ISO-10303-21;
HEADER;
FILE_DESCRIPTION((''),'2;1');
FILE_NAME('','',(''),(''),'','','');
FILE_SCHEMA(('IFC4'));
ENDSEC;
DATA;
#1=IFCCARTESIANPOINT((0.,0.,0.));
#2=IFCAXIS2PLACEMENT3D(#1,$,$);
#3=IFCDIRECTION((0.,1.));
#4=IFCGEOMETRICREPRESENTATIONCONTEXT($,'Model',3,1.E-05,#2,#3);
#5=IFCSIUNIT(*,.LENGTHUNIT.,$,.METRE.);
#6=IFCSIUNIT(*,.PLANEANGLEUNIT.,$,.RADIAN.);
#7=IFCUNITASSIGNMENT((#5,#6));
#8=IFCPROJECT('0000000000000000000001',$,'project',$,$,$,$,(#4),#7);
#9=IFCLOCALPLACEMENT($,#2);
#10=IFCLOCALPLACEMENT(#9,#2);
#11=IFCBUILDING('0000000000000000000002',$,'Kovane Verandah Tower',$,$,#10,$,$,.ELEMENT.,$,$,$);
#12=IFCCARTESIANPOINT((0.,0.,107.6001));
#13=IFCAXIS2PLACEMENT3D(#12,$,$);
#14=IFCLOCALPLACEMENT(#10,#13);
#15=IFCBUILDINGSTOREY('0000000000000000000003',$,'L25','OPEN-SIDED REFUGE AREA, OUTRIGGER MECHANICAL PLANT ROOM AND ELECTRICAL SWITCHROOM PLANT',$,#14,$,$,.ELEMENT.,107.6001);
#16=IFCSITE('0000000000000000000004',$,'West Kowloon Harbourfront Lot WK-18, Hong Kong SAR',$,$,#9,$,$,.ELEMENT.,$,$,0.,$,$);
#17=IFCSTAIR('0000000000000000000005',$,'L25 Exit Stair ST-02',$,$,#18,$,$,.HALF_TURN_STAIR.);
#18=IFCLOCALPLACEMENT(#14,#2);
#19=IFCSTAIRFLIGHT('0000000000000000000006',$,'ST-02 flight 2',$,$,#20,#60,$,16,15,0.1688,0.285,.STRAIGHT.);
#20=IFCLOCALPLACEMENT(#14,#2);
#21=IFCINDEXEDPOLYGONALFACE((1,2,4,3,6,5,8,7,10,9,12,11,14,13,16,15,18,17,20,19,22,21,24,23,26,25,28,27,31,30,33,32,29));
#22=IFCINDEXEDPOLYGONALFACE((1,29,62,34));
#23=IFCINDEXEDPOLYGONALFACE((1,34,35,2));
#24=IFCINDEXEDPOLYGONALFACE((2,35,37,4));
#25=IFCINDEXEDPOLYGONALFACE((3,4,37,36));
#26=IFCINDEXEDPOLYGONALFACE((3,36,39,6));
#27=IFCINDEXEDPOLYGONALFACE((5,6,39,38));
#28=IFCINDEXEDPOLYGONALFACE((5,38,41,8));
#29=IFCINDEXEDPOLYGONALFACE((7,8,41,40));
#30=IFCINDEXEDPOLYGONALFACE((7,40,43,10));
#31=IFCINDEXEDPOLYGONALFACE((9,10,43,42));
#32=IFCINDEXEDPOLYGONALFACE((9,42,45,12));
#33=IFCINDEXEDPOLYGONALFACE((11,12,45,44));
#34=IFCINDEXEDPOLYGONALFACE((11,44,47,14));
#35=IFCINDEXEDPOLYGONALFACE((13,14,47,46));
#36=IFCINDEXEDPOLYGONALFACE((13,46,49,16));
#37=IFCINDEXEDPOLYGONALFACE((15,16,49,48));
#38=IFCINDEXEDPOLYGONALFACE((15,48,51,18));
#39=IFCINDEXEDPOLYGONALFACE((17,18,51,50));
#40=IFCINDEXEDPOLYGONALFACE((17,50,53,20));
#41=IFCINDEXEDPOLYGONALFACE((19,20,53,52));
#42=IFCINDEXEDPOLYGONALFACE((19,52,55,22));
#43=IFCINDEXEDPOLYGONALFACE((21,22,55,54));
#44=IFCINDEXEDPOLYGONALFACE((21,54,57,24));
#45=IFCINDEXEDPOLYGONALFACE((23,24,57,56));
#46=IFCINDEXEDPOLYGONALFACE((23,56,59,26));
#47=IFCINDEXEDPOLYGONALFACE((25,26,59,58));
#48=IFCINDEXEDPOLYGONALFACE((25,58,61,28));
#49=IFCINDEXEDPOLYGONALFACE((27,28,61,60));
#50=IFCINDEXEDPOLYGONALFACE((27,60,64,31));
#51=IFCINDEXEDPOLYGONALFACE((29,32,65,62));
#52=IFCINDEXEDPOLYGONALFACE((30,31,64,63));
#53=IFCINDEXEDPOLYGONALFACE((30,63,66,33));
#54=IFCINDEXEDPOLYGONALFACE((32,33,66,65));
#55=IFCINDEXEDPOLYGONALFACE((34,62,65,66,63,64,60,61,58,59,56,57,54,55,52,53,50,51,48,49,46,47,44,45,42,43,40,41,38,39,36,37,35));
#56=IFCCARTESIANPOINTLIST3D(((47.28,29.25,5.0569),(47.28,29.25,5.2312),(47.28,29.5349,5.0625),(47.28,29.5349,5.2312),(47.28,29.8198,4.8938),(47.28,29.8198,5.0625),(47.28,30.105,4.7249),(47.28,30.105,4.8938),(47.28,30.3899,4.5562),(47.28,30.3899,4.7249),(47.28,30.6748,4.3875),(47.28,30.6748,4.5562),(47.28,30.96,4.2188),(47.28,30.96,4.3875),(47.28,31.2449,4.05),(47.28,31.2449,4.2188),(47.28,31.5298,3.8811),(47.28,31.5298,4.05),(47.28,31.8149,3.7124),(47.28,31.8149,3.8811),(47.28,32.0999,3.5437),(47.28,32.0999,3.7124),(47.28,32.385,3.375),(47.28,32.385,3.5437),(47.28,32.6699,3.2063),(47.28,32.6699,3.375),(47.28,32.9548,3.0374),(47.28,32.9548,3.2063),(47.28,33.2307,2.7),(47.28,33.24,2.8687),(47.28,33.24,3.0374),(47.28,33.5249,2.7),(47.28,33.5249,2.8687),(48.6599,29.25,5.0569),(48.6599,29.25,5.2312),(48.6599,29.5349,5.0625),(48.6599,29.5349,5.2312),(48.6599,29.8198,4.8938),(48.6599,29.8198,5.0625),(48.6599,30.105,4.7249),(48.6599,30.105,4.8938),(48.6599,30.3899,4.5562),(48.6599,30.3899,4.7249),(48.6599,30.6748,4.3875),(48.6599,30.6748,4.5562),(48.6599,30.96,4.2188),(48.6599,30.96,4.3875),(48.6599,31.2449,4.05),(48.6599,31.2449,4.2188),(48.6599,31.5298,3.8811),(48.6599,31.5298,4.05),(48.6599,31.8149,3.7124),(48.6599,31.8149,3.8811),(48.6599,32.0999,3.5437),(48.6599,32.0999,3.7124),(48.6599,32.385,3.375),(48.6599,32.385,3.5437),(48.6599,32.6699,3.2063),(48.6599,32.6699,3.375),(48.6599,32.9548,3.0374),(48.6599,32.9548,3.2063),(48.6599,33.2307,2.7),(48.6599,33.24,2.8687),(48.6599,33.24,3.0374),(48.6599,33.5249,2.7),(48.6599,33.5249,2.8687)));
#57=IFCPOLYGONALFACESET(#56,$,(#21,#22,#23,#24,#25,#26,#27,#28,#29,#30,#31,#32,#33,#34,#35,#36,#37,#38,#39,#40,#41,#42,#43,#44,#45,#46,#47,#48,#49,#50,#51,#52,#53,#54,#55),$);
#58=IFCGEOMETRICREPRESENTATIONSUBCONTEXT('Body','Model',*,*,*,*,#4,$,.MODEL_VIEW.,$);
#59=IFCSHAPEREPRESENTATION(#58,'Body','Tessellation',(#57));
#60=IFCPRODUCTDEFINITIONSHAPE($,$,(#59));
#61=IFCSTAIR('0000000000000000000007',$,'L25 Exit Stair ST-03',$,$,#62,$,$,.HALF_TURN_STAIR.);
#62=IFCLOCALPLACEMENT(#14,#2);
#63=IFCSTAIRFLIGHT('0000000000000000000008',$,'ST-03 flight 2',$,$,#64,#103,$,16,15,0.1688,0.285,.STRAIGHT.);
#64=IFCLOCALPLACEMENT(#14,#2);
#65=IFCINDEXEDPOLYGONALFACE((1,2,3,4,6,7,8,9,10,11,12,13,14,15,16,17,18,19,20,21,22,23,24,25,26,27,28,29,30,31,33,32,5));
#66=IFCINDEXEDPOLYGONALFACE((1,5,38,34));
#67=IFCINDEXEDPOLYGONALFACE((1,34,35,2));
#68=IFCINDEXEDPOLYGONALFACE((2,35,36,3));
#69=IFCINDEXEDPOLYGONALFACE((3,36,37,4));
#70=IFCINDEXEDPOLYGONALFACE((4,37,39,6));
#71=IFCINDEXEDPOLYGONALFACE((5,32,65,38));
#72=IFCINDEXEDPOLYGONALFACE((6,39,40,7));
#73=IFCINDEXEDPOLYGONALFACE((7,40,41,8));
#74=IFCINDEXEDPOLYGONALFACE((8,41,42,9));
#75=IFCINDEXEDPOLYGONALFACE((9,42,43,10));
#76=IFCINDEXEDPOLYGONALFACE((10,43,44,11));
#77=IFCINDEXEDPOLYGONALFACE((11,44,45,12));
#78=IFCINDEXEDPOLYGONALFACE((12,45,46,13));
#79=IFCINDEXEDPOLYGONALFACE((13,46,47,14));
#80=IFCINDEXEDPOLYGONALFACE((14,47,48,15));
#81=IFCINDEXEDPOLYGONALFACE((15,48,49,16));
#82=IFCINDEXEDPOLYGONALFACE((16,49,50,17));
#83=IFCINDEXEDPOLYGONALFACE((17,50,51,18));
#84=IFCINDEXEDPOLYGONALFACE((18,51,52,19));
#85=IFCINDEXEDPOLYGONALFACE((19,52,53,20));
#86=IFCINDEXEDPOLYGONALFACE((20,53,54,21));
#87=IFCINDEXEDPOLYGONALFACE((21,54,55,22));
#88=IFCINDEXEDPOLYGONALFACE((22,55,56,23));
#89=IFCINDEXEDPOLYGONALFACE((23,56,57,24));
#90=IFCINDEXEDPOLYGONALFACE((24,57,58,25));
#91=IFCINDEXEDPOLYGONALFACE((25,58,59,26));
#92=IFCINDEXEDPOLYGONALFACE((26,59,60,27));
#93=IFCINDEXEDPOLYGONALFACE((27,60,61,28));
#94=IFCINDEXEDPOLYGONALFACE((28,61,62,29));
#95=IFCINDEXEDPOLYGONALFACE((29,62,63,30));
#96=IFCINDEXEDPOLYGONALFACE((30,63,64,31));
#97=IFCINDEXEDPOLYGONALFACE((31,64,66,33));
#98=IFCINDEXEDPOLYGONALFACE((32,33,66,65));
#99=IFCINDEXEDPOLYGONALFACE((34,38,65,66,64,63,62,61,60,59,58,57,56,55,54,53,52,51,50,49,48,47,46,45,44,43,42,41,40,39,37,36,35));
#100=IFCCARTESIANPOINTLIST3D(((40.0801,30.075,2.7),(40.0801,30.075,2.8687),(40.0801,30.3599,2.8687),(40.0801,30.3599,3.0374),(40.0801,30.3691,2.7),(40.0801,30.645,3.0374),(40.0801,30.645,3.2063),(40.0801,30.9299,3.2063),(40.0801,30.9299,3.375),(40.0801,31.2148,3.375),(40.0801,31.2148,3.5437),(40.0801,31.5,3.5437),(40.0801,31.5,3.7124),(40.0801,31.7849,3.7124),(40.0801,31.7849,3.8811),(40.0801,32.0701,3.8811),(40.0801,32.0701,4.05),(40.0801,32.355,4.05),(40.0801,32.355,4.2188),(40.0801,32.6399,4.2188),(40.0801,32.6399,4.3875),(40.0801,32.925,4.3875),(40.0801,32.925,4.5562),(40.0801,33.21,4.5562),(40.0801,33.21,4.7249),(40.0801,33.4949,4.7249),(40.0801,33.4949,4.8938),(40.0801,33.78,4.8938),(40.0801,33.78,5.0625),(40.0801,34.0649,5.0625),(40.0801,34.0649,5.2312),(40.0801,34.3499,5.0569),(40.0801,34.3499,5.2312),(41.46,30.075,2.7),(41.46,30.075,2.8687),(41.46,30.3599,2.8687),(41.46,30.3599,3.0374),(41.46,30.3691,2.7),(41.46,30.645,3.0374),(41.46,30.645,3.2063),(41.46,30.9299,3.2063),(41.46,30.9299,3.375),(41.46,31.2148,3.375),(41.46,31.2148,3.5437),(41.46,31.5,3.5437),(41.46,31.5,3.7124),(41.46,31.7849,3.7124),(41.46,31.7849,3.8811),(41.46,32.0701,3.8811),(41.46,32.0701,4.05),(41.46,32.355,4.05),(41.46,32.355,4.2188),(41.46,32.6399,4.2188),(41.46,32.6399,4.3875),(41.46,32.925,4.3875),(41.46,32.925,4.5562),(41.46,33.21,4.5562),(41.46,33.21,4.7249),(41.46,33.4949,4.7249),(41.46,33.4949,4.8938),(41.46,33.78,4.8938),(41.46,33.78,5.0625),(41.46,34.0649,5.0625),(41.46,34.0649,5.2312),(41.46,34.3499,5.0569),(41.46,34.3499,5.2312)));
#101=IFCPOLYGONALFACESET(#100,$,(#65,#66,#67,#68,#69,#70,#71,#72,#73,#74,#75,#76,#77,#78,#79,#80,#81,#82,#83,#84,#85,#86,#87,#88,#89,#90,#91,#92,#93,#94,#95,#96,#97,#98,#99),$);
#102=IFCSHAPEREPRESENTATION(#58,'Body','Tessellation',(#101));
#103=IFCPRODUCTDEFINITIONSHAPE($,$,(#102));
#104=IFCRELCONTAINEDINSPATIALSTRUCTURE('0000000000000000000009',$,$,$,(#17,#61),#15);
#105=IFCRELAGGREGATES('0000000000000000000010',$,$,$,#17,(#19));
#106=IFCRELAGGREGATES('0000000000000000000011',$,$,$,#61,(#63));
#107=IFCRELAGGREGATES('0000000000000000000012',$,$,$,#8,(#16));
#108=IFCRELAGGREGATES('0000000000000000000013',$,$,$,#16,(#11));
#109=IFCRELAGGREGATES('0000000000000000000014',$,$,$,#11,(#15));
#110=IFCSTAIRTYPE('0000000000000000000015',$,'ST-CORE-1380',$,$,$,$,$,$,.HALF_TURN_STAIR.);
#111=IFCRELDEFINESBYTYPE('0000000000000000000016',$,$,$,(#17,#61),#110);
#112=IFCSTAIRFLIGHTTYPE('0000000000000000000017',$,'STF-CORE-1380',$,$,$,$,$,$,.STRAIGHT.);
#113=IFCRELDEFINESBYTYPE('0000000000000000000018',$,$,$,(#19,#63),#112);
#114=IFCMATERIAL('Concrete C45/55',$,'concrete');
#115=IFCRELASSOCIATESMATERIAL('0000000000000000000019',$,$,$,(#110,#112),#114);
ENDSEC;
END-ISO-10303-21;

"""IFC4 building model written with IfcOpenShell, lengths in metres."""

from ifc_helpers import new_model, si_unit, direction, frame, origin, place, context, subcontext, project, spatial, polyline, outline, extrude, material, type_object, element, aggregate, save


model = new_model("IFC4")

# Units and contexts
model_context = context("Model", 3, precision=1e-05, world=origin(), true_north=direction((0.0, 1.0)))
body_context = subcontext(model_context, "Body", "Model", "MODEL_VIEW")
ifc_project = project(units=[si_unit("LENGTHUNIT", "METRE"), si_unit("PLANEANGLEUNIT", "RADIAN")], contexts=[model_context])

# Site, building, storey
site_placement = place(None, origin())
site = spatial("IfcSite", under=ifc_project, at=site_placement, Name="West Kowloon Harbourfront Lot WK-18, Hong Kong SAR", CompositionType="ELEMENT", RefElevation=0.0)
building_placement = place(site_placement, origin())
building = spatial("IfcBuilding", under=site, at=building_placement, Name="Kovane Verandah Tower", CompositionType="ELEMENT")
storey_placement = place(building_placement, frame((0.0, 0.0, 107.6001)))
storey = spatial("IfcBuildingStorey", under=building, at=storey_placement, Name="L25", Description="OPEN-SIDED REFUGE AREA, OUTRIGGER MECHANICAL PLANT ROOM AND ELECTRICAL SWITCHROOM PLANT", CompositionType="ELEMENT", Elevation=107.6001)

# Shared definitions
ifc_material_1 = material(Name="Concrete C45/55", Category="concrete")

# Stair, stair flight
stair_type = type_object("IfcStairType", Name="ST-CORE-1380", PredefinedType="HALF_TURN_STAIR", material=ifc_material_1)
stair_1_placement = place(storey_placement, origin())
stair_1 = element("IfcStair", 1, at=stair_1_placement, inside=storey, type_object=stair_type, Name="L25 Exit Stair ST-02", PredefinedType="HALF_TURN_STAIR")
stair_flight_type = type_object("IfcStairFlightType", Name="STF-CORE-1380", PredefinedType="STRAIGHT", material=ifc_material_1)
stair_flight_1_placement = place(storey_placement, frame((47.97, 33.5249, 2.7), z_axis=(0.0, 0.0, 1.0), x_axis=(0.0, -1.0, 0.0)))
stair_flight_1 = element("IfcStairFlight", 2, at=stair_flight_1_placement, type_object=stair_flight_type, Name="ST-02 flight 2", NumberOfRisers=16, NumberOfTreads=15, PredefinedType="STRAIGHT", RiserHeight=0.1688, TreadLength=0.285, context=body_context, shape_type="SweptSolid", body=[
    extrude(outline(polyline([(0.0, 0.0), (0.0, 0.1687), (0.2849, 0.1687), (0.2849, 0.3374), (0.5701, 0.3374), (0.5701, 0.5063), (0.855, 0.5063), (0.855, 0.675), (1.1399, 0.675), (1.1399, 0.8438), (1.425, 0.8438), (1.425, 1.0125), (1.71, 1.0125), (1.71, 1.1812), (1.9951, 1.1812), (1.9951, 1.3501), (2.28, 1.3501), (2.28, 1.5188), (2.5649, 1.5188), (2.5649, 1.6875), (2.8501, 1.6875), (2.8501, 1.8562), (3.135, 1.8562), (3.135, 2.0249), (3.4199, 2.0249), (3.4199, 2.1938), (3.7051, 2.1938), (3.7051, 2.3625), (3.99, 2.3625), (3.99, 2.5312), (4.2749, 2.5312), (4.2749, 2.7), (4.2749, 2.3569), (0.2942, 0.0), (0.0, 0.0)])), frame((0.0, 0.6899, 0.0), z_axis=(0.0, -1.0, 0.0), x_axis=(1.0, 0.0, 0.0)), (0.0, 0.0, 1.0), 1.3799),
])
aggregate(stair_1, [stair_flight_1])

# Stair, stair flight
stair_2_placement = place(storey_placement, origin())
stair_2 = element("IfcStair", 3, at=stair_2_placement, inside=storey, type_object=stair_type, Name="L25 Exit Stair ST-03", PredefinedType="HALF_TURN_STAIR")
stair_flight_2_placement = place(storey_placement, frame((40.77, 30.075, 2.7), z_axis=(0.0, 0.0, 1.0), x_axis=(0.0, 1.0, 0.0)))
stair_flight_2 = element("IfcStairFlight", 4, at=stair_flight_2_placement, type_object=stair_flight_type, Name="ST-03 flight 2", NumberOfRisers=16, NumberOfTreads=15, PredefinedType="STRAIGHT", RiserHeight=0.1688, TreadLength=0.285, context=body_context, shape_type="SweptSolid", body=[
    extrude(outline(polyline([(0.0, 0.0), (0.0, 0.1687), (0.2849, 0.1687), (0.2849, 0.3374), (0.5701, 0.3374), (0.5701, 0.5063), (0.855, 0.5063), (0.855, 0.675), (1.1399, 0.675), (1.1399, 0.8438), (1.425, 0.8438), (1.425, 1.0125), (1.71, 1.0125), (1.71, 1.1812), (1.9951, 1.1812), (1.9951, 1.3501), (2.28, 1.3501), (2.28, 1.5188), (2.5649, 1.5188), (2.5649, 1.6875), (2.8501, 1.6875), (2.8501, 1.8562), (3.135, 1.8562), (3.135, 2.0249), (3.4199, 2.0249), (3.4199, 2.1938), (3.7051, 2.1938), (3.7051, 2.3625), (3.99, 2.3625), (3.99, 2.5312), (4.2749, 2.5312), (4.2749, 2.7), (4.2749, 2.3569), (0.2942, 0.0), (0.0, 0.0)])), frame((0.0, 0.6899, 0.0), z_axis=(0.0, -1.0, 0.0), x_axis=(1.0, 0.0, 0.0)), (0.0, 0.0, 1.0), 1.3799),
])
aggregate(stair_2, [stair_flight_2])

save(model, "model.ifc")
